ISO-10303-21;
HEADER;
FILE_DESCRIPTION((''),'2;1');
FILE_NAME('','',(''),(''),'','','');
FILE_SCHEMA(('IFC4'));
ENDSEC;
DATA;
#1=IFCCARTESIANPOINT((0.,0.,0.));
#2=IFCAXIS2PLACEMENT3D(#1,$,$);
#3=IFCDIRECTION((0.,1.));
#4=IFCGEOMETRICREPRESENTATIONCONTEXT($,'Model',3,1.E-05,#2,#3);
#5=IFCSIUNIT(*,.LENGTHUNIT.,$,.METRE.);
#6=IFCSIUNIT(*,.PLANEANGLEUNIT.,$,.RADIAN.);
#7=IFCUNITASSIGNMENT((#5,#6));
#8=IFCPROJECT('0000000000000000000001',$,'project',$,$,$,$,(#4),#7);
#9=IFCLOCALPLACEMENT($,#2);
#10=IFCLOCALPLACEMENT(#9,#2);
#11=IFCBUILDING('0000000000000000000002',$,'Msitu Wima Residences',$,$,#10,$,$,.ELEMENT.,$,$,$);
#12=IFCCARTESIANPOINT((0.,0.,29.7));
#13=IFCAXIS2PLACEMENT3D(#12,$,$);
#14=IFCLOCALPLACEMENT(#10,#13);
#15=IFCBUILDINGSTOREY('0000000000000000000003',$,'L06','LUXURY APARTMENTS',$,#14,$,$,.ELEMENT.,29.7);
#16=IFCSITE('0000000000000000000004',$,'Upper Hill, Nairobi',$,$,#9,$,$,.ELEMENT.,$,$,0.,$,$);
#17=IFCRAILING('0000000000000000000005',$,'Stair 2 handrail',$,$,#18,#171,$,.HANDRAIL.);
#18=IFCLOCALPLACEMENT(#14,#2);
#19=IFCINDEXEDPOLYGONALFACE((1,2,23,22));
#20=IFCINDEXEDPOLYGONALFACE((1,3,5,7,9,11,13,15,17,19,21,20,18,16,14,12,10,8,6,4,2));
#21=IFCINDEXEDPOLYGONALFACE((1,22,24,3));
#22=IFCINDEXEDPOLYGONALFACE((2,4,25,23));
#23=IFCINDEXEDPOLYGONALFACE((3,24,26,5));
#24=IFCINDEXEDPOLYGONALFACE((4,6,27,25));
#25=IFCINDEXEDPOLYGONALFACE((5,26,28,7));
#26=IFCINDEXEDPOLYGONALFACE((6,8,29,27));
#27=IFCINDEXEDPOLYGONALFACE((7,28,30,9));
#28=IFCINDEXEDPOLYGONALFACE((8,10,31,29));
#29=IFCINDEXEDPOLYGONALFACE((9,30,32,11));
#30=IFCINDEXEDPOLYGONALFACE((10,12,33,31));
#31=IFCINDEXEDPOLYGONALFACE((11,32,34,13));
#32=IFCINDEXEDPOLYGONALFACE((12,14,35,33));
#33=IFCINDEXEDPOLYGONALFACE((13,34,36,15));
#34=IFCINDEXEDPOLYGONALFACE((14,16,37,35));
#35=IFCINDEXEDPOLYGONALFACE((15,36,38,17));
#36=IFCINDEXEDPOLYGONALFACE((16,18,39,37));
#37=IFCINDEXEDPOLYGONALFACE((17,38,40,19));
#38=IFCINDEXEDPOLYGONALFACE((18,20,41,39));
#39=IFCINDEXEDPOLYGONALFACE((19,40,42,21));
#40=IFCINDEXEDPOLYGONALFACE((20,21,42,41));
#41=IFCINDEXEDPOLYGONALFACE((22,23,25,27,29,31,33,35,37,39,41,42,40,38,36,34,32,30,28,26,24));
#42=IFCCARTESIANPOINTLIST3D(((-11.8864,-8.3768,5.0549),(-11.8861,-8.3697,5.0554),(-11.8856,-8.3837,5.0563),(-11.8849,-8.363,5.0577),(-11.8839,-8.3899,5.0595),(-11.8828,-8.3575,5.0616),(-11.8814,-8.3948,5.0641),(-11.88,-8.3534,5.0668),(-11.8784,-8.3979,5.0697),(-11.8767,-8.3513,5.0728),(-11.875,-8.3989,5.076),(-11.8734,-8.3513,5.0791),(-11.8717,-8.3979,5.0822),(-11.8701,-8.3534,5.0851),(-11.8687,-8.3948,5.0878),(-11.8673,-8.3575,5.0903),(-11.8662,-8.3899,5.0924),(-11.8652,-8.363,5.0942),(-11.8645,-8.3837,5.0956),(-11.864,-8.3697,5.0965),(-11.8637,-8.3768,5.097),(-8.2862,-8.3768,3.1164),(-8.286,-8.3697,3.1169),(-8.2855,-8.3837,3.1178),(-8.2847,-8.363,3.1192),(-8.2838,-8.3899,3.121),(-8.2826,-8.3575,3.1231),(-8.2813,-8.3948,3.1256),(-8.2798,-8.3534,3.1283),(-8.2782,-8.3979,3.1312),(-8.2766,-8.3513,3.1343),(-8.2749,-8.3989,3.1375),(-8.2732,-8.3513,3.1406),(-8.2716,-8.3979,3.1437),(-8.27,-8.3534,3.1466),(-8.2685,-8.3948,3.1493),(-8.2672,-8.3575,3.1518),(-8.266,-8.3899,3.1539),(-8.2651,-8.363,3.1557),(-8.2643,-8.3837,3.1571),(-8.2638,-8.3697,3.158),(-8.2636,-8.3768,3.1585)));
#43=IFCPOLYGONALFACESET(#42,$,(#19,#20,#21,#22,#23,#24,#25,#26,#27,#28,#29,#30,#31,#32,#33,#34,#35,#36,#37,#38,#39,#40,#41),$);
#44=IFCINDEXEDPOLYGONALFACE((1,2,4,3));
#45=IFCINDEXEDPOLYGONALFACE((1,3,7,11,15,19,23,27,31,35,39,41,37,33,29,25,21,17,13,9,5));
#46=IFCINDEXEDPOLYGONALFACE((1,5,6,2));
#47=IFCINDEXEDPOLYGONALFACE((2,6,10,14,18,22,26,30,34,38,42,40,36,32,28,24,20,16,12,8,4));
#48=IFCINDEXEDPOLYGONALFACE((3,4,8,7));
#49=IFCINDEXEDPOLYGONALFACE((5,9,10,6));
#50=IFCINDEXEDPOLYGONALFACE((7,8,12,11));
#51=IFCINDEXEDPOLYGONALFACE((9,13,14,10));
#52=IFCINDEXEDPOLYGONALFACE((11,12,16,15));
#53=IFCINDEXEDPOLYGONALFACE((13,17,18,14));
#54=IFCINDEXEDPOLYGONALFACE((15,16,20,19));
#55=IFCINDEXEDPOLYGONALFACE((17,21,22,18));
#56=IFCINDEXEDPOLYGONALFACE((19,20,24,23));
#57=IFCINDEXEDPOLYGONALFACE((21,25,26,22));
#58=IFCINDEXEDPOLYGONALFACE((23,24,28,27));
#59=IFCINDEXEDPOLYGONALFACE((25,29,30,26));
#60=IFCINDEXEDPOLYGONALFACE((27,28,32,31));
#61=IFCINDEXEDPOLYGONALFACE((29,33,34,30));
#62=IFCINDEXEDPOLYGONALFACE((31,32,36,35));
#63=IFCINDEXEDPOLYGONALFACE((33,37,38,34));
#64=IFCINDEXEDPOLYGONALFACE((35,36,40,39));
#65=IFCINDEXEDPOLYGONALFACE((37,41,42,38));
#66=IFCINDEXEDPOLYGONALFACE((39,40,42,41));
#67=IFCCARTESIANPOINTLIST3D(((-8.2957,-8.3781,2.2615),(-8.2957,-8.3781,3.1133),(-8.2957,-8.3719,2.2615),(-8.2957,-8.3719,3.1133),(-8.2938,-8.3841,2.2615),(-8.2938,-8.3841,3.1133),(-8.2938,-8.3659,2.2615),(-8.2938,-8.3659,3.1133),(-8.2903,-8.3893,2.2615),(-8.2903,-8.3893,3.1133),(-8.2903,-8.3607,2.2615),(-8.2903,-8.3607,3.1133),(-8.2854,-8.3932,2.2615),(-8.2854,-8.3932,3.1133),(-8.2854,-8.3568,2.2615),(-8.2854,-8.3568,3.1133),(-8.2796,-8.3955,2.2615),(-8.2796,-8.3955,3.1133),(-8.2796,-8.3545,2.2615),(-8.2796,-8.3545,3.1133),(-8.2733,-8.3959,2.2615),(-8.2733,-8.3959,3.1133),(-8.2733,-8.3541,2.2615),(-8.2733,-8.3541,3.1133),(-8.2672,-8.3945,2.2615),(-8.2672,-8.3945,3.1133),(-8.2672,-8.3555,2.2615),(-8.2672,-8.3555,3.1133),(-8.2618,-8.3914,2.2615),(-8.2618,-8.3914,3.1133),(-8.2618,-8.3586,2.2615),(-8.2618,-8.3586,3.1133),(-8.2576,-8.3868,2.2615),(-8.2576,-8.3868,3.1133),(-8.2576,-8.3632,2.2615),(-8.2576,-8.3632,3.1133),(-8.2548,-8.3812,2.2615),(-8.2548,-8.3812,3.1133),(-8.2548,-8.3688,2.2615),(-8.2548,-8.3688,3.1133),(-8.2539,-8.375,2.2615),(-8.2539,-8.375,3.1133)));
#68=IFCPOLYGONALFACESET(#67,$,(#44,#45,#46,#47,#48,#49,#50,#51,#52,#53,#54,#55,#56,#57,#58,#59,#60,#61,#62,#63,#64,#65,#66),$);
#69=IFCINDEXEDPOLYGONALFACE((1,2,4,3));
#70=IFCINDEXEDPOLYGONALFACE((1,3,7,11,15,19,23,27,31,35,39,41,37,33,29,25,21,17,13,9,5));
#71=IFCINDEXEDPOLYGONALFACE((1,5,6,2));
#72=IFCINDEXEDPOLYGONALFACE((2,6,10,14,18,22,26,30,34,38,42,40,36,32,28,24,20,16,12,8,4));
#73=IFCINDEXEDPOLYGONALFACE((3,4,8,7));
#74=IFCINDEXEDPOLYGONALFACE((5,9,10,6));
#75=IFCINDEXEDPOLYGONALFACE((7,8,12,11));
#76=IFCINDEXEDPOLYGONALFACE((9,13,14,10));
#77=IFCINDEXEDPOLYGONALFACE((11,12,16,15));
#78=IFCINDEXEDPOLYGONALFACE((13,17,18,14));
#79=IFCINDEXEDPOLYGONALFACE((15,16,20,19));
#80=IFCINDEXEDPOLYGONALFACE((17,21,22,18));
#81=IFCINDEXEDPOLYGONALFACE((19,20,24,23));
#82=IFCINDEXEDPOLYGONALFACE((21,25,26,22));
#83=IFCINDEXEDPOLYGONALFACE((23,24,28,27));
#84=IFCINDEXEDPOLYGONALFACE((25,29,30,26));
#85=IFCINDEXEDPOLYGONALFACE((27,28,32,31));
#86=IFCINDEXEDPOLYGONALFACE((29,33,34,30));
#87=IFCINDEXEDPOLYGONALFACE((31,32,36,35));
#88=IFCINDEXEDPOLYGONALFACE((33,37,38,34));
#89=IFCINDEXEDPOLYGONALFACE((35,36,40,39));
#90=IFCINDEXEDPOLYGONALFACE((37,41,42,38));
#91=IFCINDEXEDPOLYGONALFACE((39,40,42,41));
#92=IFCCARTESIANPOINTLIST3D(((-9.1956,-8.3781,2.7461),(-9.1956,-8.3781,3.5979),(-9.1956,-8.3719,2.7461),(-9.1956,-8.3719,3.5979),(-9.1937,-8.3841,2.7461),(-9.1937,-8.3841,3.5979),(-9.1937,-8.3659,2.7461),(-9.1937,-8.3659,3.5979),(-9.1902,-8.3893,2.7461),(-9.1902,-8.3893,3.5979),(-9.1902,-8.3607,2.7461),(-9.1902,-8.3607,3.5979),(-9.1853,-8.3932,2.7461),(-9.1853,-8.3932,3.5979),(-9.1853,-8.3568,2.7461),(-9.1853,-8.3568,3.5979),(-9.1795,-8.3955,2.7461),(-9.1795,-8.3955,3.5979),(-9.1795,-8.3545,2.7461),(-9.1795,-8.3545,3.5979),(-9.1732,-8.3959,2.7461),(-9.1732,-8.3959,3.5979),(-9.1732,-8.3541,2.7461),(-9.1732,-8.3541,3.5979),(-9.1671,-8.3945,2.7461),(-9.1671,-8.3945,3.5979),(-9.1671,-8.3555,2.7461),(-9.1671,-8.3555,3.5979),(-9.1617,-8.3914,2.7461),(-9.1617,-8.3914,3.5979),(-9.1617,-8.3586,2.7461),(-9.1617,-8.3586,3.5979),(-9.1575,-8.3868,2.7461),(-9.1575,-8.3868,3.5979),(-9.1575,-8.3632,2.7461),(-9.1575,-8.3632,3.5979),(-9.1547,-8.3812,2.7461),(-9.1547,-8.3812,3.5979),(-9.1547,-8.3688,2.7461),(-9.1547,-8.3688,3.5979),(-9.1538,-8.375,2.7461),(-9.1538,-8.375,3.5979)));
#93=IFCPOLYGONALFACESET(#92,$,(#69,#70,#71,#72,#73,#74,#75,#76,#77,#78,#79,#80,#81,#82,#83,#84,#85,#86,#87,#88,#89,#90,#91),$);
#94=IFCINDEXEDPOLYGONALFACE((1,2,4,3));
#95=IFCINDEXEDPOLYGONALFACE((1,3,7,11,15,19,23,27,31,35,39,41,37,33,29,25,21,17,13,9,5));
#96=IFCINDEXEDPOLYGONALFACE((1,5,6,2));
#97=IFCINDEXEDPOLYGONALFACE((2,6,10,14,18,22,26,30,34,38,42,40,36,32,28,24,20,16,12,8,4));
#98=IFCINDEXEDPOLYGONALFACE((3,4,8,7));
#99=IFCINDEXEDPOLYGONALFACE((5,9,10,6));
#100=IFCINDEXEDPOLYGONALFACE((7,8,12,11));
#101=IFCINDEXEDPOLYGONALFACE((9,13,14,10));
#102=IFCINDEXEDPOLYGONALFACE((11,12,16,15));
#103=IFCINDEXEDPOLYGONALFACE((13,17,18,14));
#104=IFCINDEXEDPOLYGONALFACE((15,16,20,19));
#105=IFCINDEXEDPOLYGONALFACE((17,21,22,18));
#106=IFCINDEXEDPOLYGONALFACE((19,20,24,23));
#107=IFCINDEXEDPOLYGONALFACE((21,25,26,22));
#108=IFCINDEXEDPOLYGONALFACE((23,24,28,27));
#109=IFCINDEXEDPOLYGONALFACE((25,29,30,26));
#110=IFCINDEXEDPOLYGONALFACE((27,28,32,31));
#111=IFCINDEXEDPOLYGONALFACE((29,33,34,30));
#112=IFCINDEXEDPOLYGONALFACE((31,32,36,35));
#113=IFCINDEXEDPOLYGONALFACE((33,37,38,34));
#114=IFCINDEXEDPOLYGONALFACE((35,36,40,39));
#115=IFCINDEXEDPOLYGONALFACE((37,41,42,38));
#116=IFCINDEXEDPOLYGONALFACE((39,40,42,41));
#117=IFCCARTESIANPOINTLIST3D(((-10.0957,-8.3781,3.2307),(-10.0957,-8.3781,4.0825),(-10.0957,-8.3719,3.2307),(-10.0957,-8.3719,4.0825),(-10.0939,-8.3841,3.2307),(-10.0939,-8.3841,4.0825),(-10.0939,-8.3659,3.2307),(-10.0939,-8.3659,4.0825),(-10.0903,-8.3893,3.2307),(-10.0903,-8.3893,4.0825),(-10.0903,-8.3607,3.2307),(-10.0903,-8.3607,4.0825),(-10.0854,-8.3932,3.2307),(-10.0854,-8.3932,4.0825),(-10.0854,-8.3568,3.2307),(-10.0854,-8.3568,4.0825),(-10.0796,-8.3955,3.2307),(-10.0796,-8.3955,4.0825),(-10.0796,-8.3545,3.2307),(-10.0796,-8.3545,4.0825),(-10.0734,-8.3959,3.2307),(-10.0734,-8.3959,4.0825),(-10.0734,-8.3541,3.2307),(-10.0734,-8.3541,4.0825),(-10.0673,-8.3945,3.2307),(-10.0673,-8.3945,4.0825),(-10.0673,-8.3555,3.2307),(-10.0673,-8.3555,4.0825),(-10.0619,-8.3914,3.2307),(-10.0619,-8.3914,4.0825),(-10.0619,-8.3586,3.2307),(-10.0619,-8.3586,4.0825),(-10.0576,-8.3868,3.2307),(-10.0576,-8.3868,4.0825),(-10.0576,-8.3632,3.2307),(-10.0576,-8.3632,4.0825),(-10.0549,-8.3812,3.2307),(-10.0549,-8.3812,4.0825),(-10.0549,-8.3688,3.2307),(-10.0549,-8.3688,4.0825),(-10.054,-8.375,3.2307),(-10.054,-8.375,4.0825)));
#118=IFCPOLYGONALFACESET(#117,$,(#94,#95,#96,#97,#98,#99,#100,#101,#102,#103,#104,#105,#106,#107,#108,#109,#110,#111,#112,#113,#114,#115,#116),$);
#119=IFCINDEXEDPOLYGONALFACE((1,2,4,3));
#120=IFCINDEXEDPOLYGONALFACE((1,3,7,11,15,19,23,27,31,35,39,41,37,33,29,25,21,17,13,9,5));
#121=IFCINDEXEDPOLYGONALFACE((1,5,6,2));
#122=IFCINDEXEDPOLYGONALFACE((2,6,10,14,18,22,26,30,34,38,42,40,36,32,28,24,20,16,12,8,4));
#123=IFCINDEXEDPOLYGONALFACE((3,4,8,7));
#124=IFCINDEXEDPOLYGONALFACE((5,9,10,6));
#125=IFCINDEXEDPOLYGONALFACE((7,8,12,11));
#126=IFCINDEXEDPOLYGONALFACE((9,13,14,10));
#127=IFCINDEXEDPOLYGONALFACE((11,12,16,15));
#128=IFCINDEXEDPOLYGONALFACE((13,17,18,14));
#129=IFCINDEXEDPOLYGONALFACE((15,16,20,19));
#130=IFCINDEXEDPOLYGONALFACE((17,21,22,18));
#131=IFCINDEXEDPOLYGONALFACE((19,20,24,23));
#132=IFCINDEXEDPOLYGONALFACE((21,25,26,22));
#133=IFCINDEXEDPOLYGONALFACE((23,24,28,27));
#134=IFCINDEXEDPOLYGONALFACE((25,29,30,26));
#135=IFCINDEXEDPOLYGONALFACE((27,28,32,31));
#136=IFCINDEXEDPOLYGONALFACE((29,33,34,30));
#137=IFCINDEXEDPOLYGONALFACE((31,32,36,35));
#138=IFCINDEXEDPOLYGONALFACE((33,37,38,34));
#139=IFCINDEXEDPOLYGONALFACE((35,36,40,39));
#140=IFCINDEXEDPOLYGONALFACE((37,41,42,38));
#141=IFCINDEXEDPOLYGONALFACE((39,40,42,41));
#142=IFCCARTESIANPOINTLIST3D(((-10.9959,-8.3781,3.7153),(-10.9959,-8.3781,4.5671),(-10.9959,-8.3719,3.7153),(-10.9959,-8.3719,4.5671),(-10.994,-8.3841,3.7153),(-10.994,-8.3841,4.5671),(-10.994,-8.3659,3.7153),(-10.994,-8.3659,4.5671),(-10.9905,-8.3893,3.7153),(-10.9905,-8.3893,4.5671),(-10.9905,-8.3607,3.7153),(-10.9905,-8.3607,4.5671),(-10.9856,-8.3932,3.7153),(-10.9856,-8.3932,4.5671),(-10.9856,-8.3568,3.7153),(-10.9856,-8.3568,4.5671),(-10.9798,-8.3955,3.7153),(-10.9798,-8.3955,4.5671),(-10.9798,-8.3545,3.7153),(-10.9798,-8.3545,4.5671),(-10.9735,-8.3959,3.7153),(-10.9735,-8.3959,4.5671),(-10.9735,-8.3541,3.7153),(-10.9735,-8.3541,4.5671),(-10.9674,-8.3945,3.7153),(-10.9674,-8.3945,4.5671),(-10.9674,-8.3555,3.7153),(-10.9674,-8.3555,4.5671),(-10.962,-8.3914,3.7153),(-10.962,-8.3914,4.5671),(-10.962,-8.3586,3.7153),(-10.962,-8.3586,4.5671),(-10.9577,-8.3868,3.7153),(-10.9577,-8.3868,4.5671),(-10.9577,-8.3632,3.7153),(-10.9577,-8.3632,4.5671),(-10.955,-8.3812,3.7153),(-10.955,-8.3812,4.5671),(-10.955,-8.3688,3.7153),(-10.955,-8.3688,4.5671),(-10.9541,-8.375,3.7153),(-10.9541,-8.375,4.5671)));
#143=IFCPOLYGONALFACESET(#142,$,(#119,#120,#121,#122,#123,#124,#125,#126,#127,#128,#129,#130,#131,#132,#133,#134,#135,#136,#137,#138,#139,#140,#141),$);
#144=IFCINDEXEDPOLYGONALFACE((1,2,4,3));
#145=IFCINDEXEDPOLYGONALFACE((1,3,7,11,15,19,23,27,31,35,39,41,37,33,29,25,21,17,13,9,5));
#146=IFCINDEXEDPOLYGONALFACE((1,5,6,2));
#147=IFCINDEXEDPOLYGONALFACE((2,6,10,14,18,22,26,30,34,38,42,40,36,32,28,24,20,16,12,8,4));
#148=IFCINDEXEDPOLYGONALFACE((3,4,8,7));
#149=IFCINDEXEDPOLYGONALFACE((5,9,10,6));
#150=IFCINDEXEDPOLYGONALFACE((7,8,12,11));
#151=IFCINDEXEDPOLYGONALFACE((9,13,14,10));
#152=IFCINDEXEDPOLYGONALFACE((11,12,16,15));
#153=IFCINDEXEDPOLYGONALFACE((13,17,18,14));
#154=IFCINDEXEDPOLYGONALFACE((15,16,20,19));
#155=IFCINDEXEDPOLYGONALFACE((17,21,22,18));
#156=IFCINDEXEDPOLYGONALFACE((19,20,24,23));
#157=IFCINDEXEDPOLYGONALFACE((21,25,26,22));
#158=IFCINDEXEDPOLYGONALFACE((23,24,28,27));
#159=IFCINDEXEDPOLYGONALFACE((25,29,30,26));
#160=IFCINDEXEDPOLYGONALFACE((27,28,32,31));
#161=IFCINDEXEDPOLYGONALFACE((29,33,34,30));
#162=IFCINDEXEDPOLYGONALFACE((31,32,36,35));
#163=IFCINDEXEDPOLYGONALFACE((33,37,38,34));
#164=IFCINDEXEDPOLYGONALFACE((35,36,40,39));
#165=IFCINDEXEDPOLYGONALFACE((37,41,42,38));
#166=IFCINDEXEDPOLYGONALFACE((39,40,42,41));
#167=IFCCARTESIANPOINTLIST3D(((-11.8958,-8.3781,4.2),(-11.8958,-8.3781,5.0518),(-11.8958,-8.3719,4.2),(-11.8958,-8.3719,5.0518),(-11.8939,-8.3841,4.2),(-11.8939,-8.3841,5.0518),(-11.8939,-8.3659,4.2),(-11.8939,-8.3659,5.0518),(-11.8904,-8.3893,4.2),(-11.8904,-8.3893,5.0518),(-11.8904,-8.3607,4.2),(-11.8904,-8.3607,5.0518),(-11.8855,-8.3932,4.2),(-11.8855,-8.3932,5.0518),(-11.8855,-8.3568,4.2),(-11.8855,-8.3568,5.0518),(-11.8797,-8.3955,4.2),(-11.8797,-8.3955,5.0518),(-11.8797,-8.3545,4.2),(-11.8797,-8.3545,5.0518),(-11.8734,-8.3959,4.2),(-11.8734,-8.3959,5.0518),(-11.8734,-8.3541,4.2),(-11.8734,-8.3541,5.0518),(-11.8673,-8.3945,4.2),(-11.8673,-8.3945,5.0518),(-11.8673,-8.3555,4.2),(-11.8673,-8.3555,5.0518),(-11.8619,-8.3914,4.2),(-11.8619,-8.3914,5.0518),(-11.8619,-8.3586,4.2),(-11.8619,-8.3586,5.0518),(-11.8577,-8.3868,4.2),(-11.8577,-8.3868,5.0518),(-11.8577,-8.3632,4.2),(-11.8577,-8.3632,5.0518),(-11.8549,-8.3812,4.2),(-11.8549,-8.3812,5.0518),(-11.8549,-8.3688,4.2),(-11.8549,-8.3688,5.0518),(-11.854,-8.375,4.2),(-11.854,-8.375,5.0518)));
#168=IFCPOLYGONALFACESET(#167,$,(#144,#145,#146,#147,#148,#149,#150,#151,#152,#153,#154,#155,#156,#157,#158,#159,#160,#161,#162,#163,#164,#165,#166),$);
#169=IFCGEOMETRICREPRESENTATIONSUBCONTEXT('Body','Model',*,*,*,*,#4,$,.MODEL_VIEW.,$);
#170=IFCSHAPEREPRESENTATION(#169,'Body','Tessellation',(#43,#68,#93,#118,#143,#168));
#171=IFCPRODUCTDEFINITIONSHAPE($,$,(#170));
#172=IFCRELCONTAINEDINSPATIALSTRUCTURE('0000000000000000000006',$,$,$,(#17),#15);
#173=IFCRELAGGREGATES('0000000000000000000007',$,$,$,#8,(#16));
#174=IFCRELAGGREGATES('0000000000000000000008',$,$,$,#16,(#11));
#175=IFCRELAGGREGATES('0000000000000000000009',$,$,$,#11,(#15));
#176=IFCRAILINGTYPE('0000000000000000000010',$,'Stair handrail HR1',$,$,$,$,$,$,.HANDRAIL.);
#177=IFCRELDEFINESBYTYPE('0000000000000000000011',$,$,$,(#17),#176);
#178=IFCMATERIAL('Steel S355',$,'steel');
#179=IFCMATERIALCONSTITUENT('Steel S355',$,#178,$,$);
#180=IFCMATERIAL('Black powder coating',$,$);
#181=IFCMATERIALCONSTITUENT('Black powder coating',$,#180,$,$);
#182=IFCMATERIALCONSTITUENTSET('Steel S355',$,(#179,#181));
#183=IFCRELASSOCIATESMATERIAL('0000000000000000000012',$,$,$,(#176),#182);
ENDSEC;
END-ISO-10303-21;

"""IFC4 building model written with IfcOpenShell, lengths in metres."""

from ifc_helpers import new_model, si_unit, direction, frame, origin, origin_2d, place, context, subcontext, project, spatial, circle, extrude, material, constituent, constituent_set, type_object, element, save


model = new_model("IFC4")

# Units and contexts
model_context = context("Model", 3, precision=1e-05, world=origin(), true_north=direction((0.0, 1.0)))
body_context = subcontext(model_context, "Body", "Model", "MODEL_VIEW")
ifc_project = project(units=[si_unit("LENGTHUNIT", "METRE"), si_unit("PLANEANGLEUNIT", "RADIAN")], contexts=[model_context])

# Site, building, storey
site_placement = place(None, origin())
site = spatial("IfcSite", under=ifc_project, at=site_placement, Name="Upper Hill, Nairobi", CompositionType="ELEMENT", RefElevation=0.0)
building_placement = place(site_placement, origin())
building = spatial("IfcBuilding", under=site, at=building_placement, Name="Msitu Wima Residences", CompositionType="ELEMENT")
storey_placement = place(building_placement, frame((0.0, 0.0, 29.7)))
storey = spatial("IfcBuildingStorey", under=building, at=storey_placement, Name="L06", Description="LUXURY APARTMENTS", CompositionType="ELEMENT", Elevation=29.7)

# Railing
ifc_material_1 = material(Name="Steel S355", Category="steel")
ifc_constituent_1 = constituent(ifc_material_1, Name="Steel S355")
ifc_material_2 = material(Name="Black powder coating")
ifc_constituent_2 = constituent(ifc_material_2, Name="Black powder coating")
ifc_constituent_set = constituent_set(constituents=[ifc_constituent_1, ifc_constituent_2], Name="Steel S355")
railing_type = type_object("IfcRailingType", Name="Stair handrail HR1", PredefinedType="HANDRAIL", material=ifc_constituent_set)
railing_placement = place(storey_placement, frame((-8.2749, -8.375, 2.2615)))
element("IfcRailing", 1, at=railing_placement, inside=storey, type_object=railing_type, Name="Stair 2 handrail", PredefinedType="HANDRAIL", context=body_context, shape_type="SweptSolid", body=[
    extrude(circle(Radius=0.0239, at=origin_2d()), frame((0.0, 0.0, 0.876), z_axis=(-0.880475, 0.0, 0.474093), x_axis=(0.0, -1.0, 0.0)), (0.0, 0.0, 1.0), 4.0889),
    extrude(circle(Radius=0.021, at=origin_2d()), origin(), (0.0, 0.0, 1.0), 0.8518),
    extrude(circle(Radius=0.021, at=origin_2d()), frame((-0.8999, 0.0, 0.4846)), (0.0, 0.0, 1.0), 0.8518),
    extrude(circle(Radius=0.021, at=origin_2d()), frame((-1.8, 0.0, 0.9692)), (0.0, 0.0, 1.0), 0.8518),
    extrude(circle(Radius=0.021, at=origin_2d()), frame((-2.7002, 0.0, 1.4539)), (0.0, 0.0, 1.0), 0.8518),
    extrude(circle(Radius=0.021, at=origin_2d()), frame((-3.6001, 0.0, 1.9385)), (0.0, 0.0, 1.0), 0.8518),
])

save(model, "model.ifc")
